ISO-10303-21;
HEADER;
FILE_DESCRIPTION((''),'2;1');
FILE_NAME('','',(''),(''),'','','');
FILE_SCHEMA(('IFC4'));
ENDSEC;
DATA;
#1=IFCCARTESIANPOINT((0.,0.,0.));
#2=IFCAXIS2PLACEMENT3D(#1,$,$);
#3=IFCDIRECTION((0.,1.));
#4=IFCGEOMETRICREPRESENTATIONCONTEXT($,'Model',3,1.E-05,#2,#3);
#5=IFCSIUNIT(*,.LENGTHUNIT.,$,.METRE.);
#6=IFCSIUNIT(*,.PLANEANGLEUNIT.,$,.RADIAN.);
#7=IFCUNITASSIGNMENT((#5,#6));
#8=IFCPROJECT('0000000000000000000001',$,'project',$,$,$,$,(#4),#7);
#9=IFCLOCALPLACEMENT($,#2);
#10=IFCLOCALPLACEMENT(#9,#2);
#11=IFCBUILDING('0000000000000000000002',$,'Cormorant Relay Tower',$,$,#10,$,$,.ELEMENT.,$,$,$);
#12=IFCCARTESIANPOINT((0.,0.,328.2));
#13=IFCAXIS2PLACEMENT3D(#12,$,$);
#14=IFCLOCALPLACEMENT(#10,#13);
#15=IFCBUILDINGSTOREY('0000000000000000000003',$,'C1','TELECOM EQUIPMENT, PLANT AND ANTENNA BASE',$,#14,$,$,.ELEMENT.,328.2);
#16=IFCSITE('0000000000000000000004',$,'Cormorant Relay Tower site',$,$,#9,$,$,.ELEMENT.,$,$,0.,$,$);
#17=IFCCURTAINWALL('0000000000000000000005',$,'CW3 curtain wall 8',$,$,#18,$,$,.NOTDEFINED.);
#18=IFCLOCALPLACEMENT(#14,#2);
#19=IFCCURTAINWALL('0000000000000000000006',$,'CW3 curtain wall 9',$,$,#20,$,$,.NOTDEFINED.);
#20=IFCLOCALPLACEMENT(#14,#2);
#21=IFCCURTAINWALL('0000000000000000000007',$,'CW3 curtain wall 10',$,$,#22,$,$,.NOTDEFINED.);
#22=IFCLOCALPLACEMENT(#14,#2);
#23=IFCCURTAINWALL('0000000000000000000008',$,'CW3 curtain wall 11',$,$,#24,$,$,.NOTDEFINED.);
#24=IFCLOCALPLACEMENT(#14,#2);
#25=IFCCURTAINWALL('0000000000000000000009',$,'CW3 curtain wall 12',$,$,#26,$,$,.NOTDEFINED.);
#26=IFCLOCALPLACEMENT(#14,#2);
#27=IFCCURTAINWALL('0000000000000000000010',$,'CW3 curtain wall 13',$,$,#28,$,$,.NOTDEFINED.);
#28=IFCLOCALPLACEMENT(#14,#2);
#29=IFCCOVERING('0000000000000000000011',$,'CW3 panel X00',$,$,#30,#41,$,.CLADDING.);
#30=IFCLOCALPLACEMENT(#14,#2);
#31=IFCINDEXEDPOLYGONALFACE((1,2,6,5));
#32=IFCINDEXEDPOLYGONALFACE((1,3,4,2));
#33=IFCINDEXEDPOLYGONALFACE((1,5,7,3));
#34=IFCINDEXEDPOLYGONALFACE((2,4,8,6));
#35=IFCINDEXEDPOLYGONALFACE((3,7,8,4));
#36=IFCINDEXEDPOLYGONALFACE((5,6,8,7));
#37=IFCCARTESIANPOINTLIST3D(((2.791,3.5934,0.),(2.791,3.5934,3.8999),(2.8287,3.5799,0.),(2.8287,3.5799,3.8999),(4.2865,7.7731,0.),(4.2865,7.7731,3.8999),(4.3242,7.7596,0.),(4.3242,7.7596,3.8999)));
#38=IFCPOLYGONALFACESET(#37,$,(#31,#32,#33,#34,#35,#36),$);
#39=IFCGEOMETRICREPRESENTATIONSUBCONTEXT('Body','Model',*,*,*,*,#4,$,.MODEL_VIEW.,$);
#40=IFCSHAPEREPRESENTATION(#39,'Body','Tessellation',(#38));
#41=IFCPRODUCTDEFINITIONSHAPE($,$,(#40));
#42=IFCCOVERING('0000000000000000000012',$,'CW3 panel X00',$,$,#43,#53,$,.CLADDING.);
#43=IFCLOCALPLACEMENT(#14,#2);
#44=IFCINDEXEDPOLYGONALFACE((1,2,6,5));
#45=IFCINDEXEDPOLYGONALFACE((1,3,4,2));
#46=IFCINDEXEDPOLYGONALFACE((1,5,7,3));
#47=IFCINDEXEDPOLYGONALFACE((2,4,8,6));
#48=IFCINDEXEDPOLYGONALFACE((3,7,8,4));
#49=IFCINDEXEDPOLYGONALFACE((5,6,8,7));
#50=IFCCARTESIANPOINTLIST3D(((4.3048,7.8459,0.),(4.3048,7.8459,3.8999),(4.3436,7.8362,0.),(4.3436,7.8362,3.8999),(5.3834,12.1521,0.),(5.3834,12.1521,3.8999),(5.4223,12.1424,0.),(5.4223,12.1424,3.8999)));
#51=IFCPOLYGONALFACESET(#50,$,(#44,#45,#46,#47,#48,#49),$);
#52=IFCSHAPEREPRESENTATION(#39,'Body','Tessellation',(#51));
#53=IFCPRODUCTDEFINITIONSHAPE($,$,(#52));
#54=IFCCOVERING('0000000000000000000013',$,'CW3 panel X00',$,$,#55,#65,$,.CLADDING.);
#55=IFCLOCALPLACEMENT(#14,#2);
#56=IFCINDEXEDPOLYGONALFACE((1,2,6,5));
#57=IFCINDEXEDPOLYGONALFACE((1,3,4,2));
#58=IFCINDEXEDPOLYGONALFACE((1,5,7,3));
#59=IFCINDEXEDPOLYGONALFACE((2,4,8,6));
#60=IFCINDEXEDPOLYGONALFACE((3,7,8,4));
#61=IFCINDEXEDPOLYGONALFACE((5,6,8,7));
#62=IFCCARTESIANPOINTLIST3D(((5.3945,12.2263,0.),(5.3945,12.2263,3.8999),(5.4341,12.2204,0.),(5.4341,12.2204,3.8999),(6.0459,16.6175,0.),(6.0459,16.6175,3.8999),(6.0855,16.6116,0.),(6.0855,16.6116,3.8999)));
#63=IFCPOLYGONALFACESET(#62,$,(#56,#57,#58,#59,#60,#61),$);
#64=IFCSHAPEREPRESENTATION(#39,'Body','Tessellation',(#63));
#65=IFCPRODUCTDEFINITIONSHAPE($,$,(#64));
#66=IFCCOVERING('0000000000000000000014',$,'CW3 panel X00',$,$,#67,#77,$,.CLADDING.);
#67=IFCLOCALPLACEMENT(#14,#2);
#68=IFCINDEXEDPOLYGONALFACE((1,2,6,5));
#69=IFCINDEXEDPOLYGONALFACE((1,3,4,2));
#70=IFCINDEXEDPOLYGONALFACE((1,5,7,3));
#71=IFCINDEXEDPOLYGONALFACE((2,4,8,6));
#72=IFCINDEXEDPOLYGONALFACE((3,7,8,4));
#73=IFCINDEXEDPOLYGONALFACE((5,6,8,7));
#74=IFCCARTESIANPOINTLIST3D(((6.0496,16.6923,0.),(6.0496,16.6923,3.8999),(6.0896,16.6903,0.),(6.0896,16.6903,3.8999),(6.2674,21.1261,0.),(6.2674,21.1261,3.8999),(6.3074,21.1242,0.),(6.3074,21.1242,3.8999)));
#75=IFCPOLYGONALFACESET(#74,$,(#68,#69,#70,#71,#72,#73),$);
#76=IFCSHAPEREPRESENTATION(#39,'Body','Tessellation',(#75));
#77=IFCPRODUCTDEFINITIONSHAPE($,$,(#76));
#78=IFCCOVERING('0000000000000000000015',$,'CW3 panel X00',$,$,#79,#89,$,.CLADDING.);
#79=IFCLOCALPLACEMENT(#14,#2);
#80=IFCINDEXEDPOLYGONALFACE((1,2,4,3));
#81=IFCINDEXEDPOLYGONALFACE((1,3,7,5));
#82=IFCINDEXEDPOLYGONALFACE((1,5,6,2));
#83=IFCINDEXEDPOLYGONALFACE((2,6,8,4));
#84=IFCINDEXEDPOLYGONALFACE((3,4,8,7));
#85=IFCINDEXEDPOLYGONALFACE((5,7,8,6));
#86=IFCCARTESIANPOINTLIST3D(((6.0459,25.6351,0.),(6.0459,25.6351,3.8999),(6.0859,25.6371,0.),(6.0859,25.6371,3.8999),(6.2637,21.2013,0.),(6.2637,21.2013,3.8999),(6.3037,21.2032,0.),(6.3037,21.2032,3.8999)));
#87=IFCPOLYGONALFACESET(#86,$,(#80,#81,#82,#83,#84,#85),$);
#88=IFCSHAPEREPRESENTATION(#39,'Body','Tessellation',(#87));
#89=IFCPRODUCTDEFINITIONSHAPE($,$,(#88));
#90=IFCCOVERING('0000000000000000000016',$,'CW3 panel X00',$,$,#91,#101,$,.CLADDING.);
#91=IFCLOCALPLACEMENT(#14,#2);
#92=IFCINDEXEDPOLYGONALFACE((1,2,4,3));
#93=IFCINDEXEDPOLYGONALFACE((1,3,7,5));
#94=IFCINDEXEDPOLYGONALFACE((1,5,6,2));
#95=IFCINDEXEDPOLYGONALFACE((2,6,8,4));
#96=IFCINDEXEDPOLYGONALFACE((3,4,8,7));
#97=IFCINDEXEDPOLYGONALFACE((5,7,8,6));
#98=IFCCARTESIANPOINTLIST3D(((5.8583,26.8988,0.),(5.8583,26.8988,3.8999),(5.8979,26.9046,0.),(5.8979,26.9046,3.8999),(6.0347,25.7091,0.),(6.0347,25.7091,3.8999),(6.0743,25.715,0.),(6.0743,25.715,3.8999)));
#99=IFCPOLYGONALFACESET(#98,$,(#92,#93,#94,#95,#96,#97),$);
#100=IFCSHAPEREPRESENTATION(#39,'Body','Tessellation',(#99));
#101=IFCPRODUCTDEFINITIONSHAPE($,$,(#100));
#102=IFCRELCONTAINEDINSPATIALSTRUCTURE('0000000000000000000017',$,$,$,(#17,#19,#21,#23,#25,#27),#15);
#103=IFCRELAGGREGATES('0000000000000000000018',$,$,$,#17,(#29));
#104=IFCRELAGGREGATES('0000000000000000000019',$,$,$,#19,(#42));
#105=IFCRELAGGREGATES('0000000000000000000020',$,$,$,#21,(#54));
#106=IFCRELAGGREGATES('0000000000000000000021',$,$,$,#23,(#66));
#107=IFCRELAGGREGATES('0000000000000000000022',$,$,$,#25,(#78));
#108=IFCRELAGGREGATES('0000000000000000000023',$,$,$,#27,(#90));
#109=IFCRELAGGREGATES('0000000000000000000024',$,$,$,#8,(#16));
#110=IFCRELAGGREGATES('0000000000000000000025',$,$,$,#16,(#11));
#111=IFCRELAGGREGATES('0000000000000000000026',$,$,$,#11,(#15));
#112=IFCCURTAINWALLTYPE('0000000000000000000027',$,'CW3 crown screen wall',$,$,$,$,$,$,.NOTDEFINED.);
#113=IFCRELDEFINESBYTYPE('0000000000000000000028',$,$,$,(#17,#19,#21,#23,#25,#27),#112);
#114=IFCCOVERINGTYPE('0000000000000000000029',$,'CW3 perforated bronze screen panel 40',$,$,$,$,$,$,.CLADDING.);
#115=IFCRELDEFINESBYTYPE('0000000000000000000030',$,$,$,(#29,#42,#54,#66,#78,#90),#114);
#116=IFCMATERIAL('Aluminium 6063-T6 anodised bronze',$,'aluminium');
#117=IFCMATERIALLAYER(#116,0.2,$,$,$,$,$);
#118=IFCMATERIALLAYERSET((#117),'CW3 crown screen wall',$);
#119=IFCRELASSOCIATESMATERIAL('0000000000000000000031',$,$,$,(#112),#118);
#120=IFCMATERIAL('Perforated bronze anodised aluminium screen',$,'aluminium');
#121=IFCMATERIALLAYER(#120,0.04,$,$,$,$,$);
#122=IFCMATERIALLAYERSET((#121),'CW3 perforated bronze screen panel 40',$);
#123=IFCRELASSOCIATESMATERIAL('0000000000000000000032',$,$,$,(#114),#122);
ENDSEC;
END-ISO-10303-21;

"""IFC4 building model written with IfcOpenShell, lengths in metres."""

from ifc_helpers import new_model, si_unit, direction, frame, origin, origin_2d, place, context, subcontext, project, spatial, rectangle, extrude, material, layer, layer_set, type_object, element, aggregate, save


model = new_model("IFC4")

# Units and contexts
model_context = context("Model", 3, precision=1e-05, world=origin(), true_north=direction((0.0, 1.0)))
body_context = subcontext(model_context, "Body", "Model", "MODEL_VIEW")
ifc_project = project(units=[si_unit("LENGTHUNIT", "METRE"), si_unit("PLANEANGLEUNIT", "RADIAN")], contexts=[model_context])

# Site, building, storey
site_placement = place(None, origin())
site = spatial("IfcSite", under=ifc_project, at=site_placement, Name="Cormorant Relay Tower site", CompositionType="ELEMENT", RefElevation=0.0)
building_placement = place(site_placement, origin())
building = spatial("IfcBuilding", under=site, at=building_placement, Name="Cormorant Relay Tower", CompositionType="ELEMENT")
storey_placement = place(building_placement, frame((0.0, 0.0, 328.2)))
storey = spatial("IfcBuildingStorey", under=building, at=storey_placement, Name="C1", Description="TELECOM EQUIPMENT, PLANT AND ANTENNA BASE", CompositionType="ELEMENT", Elevation=328.2)

# Curtain walls
ifc_material_1 = material(Name="Aluminium 6063-T6 anodised bronze", Category="aluminium")
ifc_layer_1 = layer(ifc_material_1, 0.2)
ifc_layer_set_1 = layer_set([ifc_layer_1], Name="CW3 crown screen wall")
curtain_wall_type = type_object("IfcCurtainWallType", Name="CW3 crown screen wall", PredefinedType="NOTDEFINED", material=ifc_layer_set_1)
curtain_wall_1_placement = place(storey_placement, origin())
curtain_wall_1 = element("IfcCurtainWall", 1, at=curtain_wall_1_placement, inside=storey, type_object=curtain_wall_type, Name="CW3 curtain wall 8", PredefinedType="NOTDEFINED")
curtain_wall_2_placement = place(storey_placement, origin())
curtain_wall_2 = element("IfcCurtainWall", 2, at=curtain_wall_2_placement, inside=storey, type_object=curtain_wall_type, Name="CW3 curtain wall 9", PredefinedType="NOTDEFINED")
curtain_wall_3_placement = place(storey_placement, origin())
curtain_wall_3 = element("IfcCurtainWall", 3, at=curtain_wall_3_placement, inside=storey, type_object=curtain_wall_type, Name="CW3 curtain wall 10", PredefinedType="NOTDEFINED")
curtain_wall_4_placement = place(storey_placement, origin())
curtain_wall_4 = element("IfcCurtainWall", 4, at=curtain_wall_4_placement, inside=storey, type_object=curtain_wall_type, Name="CW3 curtain wall 11", PredefinedType="NOTDEFINED")
curtain_wall_5_placement = place(storey_placement, origin())
curtain_wall_5 = element("IfcCurtainWall", 5, at=curtain_wall_5_placement, inside=storey, type_object=curtain_wall_type, Name="CW3 curtain wall 12", PredefinedType="NOTDEFINED")
curtain_wall_6_placement = place(storey_placement, origin())
curtain_wall_6 = element("IfcCurtainWall", 6, at=curtain_wall_6_placement, inside=storey, type_object=curtain_wall_type, Name="CW3 curtain wall 13", PredefinedType="NOTDEFINED")

# Coverings
ifc_material_2 = material(Name="Perforated bronze anodised aluminium screen", Category="aluminium")
ifc_layer_2 = layer(ifc_material_2, 0.04)
ifc_layer_set_2 = layer_set([ifc_layer_2], Name="CW3 perforated bronze screen panel 40")
covering_type = type_object("IfcCoveringType", Name="CW3 perforated bronze screen panel 40", PredefinedType="CLADDING", material=ifc_layer_set_2)
covering_1_placement = place(storey_placement, frame((3.5576, 5.6765, 0.0), z_axis=(0.0, 0.0, 1.0), x_axis=(0.33689, 0.941544, 0.0)))
covering_1 = element("IfcCovering", 7, at=covering_1_placement, type_object=covering_type, Name="CW3 panel X00", PredefinedType="CLADDING", context=body_context, shape_type="SweptSolid", body=[
    extrude(rectangle(XDim=4.4392, YDim=0.04, at=origin_2d()), origin(), (0.0, 0.0, 1.0), 3.8999),
])
aggregate(curtain_wall_1, [covering_1])
covering_2_placement = place(storey_placement, frame((4.8635, 9.9941, 0.0), z_axis=(0.0, 0.0, 1.0), x_axis=(0.24298, 0.970031, 0.0)))
covering_2 = element("IfcCovering", 8, at=covering_2_placement, type_object=covering_type, Name="CW3 panel X00", PredefinedType="CLADDING", context=body_context, shape_type="SweptSolid", body=[
    extrude(rectangle(XDim=4.4392, YDim=0.04, at=origin_2d()), origin(), (0.0, 0.0, 1.0), 3.8999),
])
aggregate(curtain_wall_2, [covering_2])
covering_3_placement = place(storey_placement, frame((5.74, 14.4189, 0.0), z_axis=(0.0, 0.0, 1.0), x_axis=(0.14673, 0.989177, 0.0)))
covering_3 = element("IfcCovering", 9, at=covering_3_placement, type_object=covering_type, Name="CW3 panel X00", PredefinedType="CLADDING", context=body_context, shape_type="SweptSolid", body=[
    extrude(rectangle(XDim=4.4392, YDim=0.04, at=origin_2d()), origin(), (0.0, 0.0, 1.0), 3.8999),
])
aggregate(curtain_wall_3, [covering_3])
covering_4_placement = place(storey_placement, frame((6.1785, 18.9082, 0.0), z_axis=(0.0, 0.0, 1.0), x_axis=(0.049068, 0.998795, 0.0)))
covering_4 = element("IfcCovering", 10, at=covering_4_placement, type_object=covering_type, Name="CW3 panel X00", PredefinedType="CLADDING", context=body_context, shape_type="SweptSolid", body=[
    extrude(rectangle(XDim=4.4392, YDim=0.04, at=origin_2d()), origin(), (0.0, 0.0, 1.0), 3.8999),
])
aggregate(curtain_wall_4, [covering_4])
covering_5_placement = place(storey_placement, frame((6.1748, 23.4192, 0.0), z_axis=(0.0, 0.0, 1.0), x_axis=(-0.049068, 0.998795, 0.0)))
covering_5 = element("IfcCovering", 11, at=covering_5_placement, type_object=covering_type, Name="CW3 panel X00", PredefinedType="CLADDING", context=body_context, shape_type="SweptSolid", body=[
    extrude(rectangle(XDim=4.4392, YDim=0.04, at=origin_2d()), origin(), (0.0, 0.0, 1.0), 3.8999),
])
aggregate(curtain_wall_5, [covering_5])
covering_6_placement = place(storey_placement, frame((5.9663, 26.3069, 0.0), z_axis=(0.0, 0.0, 1.0), x_axis=(-0.14673, 0.989177, 0.0)))
covering_6 = element("IfcCovering", 12, at=covering_6_placement, type_object=covering_type, Name="CW3 panel X00", PredefinedType="CLADDING", context=body_context, shape_type="SweptSolid", body=[
    extrude(rectangle(XDim=1.2026, YDim=0.04, at=origin_2d()), origin(), (0.0, 0.0, 1.0), 3.8999),
])
aggregate(curtain_wall_6, [covering_6])

save(model, "model.ifc")
